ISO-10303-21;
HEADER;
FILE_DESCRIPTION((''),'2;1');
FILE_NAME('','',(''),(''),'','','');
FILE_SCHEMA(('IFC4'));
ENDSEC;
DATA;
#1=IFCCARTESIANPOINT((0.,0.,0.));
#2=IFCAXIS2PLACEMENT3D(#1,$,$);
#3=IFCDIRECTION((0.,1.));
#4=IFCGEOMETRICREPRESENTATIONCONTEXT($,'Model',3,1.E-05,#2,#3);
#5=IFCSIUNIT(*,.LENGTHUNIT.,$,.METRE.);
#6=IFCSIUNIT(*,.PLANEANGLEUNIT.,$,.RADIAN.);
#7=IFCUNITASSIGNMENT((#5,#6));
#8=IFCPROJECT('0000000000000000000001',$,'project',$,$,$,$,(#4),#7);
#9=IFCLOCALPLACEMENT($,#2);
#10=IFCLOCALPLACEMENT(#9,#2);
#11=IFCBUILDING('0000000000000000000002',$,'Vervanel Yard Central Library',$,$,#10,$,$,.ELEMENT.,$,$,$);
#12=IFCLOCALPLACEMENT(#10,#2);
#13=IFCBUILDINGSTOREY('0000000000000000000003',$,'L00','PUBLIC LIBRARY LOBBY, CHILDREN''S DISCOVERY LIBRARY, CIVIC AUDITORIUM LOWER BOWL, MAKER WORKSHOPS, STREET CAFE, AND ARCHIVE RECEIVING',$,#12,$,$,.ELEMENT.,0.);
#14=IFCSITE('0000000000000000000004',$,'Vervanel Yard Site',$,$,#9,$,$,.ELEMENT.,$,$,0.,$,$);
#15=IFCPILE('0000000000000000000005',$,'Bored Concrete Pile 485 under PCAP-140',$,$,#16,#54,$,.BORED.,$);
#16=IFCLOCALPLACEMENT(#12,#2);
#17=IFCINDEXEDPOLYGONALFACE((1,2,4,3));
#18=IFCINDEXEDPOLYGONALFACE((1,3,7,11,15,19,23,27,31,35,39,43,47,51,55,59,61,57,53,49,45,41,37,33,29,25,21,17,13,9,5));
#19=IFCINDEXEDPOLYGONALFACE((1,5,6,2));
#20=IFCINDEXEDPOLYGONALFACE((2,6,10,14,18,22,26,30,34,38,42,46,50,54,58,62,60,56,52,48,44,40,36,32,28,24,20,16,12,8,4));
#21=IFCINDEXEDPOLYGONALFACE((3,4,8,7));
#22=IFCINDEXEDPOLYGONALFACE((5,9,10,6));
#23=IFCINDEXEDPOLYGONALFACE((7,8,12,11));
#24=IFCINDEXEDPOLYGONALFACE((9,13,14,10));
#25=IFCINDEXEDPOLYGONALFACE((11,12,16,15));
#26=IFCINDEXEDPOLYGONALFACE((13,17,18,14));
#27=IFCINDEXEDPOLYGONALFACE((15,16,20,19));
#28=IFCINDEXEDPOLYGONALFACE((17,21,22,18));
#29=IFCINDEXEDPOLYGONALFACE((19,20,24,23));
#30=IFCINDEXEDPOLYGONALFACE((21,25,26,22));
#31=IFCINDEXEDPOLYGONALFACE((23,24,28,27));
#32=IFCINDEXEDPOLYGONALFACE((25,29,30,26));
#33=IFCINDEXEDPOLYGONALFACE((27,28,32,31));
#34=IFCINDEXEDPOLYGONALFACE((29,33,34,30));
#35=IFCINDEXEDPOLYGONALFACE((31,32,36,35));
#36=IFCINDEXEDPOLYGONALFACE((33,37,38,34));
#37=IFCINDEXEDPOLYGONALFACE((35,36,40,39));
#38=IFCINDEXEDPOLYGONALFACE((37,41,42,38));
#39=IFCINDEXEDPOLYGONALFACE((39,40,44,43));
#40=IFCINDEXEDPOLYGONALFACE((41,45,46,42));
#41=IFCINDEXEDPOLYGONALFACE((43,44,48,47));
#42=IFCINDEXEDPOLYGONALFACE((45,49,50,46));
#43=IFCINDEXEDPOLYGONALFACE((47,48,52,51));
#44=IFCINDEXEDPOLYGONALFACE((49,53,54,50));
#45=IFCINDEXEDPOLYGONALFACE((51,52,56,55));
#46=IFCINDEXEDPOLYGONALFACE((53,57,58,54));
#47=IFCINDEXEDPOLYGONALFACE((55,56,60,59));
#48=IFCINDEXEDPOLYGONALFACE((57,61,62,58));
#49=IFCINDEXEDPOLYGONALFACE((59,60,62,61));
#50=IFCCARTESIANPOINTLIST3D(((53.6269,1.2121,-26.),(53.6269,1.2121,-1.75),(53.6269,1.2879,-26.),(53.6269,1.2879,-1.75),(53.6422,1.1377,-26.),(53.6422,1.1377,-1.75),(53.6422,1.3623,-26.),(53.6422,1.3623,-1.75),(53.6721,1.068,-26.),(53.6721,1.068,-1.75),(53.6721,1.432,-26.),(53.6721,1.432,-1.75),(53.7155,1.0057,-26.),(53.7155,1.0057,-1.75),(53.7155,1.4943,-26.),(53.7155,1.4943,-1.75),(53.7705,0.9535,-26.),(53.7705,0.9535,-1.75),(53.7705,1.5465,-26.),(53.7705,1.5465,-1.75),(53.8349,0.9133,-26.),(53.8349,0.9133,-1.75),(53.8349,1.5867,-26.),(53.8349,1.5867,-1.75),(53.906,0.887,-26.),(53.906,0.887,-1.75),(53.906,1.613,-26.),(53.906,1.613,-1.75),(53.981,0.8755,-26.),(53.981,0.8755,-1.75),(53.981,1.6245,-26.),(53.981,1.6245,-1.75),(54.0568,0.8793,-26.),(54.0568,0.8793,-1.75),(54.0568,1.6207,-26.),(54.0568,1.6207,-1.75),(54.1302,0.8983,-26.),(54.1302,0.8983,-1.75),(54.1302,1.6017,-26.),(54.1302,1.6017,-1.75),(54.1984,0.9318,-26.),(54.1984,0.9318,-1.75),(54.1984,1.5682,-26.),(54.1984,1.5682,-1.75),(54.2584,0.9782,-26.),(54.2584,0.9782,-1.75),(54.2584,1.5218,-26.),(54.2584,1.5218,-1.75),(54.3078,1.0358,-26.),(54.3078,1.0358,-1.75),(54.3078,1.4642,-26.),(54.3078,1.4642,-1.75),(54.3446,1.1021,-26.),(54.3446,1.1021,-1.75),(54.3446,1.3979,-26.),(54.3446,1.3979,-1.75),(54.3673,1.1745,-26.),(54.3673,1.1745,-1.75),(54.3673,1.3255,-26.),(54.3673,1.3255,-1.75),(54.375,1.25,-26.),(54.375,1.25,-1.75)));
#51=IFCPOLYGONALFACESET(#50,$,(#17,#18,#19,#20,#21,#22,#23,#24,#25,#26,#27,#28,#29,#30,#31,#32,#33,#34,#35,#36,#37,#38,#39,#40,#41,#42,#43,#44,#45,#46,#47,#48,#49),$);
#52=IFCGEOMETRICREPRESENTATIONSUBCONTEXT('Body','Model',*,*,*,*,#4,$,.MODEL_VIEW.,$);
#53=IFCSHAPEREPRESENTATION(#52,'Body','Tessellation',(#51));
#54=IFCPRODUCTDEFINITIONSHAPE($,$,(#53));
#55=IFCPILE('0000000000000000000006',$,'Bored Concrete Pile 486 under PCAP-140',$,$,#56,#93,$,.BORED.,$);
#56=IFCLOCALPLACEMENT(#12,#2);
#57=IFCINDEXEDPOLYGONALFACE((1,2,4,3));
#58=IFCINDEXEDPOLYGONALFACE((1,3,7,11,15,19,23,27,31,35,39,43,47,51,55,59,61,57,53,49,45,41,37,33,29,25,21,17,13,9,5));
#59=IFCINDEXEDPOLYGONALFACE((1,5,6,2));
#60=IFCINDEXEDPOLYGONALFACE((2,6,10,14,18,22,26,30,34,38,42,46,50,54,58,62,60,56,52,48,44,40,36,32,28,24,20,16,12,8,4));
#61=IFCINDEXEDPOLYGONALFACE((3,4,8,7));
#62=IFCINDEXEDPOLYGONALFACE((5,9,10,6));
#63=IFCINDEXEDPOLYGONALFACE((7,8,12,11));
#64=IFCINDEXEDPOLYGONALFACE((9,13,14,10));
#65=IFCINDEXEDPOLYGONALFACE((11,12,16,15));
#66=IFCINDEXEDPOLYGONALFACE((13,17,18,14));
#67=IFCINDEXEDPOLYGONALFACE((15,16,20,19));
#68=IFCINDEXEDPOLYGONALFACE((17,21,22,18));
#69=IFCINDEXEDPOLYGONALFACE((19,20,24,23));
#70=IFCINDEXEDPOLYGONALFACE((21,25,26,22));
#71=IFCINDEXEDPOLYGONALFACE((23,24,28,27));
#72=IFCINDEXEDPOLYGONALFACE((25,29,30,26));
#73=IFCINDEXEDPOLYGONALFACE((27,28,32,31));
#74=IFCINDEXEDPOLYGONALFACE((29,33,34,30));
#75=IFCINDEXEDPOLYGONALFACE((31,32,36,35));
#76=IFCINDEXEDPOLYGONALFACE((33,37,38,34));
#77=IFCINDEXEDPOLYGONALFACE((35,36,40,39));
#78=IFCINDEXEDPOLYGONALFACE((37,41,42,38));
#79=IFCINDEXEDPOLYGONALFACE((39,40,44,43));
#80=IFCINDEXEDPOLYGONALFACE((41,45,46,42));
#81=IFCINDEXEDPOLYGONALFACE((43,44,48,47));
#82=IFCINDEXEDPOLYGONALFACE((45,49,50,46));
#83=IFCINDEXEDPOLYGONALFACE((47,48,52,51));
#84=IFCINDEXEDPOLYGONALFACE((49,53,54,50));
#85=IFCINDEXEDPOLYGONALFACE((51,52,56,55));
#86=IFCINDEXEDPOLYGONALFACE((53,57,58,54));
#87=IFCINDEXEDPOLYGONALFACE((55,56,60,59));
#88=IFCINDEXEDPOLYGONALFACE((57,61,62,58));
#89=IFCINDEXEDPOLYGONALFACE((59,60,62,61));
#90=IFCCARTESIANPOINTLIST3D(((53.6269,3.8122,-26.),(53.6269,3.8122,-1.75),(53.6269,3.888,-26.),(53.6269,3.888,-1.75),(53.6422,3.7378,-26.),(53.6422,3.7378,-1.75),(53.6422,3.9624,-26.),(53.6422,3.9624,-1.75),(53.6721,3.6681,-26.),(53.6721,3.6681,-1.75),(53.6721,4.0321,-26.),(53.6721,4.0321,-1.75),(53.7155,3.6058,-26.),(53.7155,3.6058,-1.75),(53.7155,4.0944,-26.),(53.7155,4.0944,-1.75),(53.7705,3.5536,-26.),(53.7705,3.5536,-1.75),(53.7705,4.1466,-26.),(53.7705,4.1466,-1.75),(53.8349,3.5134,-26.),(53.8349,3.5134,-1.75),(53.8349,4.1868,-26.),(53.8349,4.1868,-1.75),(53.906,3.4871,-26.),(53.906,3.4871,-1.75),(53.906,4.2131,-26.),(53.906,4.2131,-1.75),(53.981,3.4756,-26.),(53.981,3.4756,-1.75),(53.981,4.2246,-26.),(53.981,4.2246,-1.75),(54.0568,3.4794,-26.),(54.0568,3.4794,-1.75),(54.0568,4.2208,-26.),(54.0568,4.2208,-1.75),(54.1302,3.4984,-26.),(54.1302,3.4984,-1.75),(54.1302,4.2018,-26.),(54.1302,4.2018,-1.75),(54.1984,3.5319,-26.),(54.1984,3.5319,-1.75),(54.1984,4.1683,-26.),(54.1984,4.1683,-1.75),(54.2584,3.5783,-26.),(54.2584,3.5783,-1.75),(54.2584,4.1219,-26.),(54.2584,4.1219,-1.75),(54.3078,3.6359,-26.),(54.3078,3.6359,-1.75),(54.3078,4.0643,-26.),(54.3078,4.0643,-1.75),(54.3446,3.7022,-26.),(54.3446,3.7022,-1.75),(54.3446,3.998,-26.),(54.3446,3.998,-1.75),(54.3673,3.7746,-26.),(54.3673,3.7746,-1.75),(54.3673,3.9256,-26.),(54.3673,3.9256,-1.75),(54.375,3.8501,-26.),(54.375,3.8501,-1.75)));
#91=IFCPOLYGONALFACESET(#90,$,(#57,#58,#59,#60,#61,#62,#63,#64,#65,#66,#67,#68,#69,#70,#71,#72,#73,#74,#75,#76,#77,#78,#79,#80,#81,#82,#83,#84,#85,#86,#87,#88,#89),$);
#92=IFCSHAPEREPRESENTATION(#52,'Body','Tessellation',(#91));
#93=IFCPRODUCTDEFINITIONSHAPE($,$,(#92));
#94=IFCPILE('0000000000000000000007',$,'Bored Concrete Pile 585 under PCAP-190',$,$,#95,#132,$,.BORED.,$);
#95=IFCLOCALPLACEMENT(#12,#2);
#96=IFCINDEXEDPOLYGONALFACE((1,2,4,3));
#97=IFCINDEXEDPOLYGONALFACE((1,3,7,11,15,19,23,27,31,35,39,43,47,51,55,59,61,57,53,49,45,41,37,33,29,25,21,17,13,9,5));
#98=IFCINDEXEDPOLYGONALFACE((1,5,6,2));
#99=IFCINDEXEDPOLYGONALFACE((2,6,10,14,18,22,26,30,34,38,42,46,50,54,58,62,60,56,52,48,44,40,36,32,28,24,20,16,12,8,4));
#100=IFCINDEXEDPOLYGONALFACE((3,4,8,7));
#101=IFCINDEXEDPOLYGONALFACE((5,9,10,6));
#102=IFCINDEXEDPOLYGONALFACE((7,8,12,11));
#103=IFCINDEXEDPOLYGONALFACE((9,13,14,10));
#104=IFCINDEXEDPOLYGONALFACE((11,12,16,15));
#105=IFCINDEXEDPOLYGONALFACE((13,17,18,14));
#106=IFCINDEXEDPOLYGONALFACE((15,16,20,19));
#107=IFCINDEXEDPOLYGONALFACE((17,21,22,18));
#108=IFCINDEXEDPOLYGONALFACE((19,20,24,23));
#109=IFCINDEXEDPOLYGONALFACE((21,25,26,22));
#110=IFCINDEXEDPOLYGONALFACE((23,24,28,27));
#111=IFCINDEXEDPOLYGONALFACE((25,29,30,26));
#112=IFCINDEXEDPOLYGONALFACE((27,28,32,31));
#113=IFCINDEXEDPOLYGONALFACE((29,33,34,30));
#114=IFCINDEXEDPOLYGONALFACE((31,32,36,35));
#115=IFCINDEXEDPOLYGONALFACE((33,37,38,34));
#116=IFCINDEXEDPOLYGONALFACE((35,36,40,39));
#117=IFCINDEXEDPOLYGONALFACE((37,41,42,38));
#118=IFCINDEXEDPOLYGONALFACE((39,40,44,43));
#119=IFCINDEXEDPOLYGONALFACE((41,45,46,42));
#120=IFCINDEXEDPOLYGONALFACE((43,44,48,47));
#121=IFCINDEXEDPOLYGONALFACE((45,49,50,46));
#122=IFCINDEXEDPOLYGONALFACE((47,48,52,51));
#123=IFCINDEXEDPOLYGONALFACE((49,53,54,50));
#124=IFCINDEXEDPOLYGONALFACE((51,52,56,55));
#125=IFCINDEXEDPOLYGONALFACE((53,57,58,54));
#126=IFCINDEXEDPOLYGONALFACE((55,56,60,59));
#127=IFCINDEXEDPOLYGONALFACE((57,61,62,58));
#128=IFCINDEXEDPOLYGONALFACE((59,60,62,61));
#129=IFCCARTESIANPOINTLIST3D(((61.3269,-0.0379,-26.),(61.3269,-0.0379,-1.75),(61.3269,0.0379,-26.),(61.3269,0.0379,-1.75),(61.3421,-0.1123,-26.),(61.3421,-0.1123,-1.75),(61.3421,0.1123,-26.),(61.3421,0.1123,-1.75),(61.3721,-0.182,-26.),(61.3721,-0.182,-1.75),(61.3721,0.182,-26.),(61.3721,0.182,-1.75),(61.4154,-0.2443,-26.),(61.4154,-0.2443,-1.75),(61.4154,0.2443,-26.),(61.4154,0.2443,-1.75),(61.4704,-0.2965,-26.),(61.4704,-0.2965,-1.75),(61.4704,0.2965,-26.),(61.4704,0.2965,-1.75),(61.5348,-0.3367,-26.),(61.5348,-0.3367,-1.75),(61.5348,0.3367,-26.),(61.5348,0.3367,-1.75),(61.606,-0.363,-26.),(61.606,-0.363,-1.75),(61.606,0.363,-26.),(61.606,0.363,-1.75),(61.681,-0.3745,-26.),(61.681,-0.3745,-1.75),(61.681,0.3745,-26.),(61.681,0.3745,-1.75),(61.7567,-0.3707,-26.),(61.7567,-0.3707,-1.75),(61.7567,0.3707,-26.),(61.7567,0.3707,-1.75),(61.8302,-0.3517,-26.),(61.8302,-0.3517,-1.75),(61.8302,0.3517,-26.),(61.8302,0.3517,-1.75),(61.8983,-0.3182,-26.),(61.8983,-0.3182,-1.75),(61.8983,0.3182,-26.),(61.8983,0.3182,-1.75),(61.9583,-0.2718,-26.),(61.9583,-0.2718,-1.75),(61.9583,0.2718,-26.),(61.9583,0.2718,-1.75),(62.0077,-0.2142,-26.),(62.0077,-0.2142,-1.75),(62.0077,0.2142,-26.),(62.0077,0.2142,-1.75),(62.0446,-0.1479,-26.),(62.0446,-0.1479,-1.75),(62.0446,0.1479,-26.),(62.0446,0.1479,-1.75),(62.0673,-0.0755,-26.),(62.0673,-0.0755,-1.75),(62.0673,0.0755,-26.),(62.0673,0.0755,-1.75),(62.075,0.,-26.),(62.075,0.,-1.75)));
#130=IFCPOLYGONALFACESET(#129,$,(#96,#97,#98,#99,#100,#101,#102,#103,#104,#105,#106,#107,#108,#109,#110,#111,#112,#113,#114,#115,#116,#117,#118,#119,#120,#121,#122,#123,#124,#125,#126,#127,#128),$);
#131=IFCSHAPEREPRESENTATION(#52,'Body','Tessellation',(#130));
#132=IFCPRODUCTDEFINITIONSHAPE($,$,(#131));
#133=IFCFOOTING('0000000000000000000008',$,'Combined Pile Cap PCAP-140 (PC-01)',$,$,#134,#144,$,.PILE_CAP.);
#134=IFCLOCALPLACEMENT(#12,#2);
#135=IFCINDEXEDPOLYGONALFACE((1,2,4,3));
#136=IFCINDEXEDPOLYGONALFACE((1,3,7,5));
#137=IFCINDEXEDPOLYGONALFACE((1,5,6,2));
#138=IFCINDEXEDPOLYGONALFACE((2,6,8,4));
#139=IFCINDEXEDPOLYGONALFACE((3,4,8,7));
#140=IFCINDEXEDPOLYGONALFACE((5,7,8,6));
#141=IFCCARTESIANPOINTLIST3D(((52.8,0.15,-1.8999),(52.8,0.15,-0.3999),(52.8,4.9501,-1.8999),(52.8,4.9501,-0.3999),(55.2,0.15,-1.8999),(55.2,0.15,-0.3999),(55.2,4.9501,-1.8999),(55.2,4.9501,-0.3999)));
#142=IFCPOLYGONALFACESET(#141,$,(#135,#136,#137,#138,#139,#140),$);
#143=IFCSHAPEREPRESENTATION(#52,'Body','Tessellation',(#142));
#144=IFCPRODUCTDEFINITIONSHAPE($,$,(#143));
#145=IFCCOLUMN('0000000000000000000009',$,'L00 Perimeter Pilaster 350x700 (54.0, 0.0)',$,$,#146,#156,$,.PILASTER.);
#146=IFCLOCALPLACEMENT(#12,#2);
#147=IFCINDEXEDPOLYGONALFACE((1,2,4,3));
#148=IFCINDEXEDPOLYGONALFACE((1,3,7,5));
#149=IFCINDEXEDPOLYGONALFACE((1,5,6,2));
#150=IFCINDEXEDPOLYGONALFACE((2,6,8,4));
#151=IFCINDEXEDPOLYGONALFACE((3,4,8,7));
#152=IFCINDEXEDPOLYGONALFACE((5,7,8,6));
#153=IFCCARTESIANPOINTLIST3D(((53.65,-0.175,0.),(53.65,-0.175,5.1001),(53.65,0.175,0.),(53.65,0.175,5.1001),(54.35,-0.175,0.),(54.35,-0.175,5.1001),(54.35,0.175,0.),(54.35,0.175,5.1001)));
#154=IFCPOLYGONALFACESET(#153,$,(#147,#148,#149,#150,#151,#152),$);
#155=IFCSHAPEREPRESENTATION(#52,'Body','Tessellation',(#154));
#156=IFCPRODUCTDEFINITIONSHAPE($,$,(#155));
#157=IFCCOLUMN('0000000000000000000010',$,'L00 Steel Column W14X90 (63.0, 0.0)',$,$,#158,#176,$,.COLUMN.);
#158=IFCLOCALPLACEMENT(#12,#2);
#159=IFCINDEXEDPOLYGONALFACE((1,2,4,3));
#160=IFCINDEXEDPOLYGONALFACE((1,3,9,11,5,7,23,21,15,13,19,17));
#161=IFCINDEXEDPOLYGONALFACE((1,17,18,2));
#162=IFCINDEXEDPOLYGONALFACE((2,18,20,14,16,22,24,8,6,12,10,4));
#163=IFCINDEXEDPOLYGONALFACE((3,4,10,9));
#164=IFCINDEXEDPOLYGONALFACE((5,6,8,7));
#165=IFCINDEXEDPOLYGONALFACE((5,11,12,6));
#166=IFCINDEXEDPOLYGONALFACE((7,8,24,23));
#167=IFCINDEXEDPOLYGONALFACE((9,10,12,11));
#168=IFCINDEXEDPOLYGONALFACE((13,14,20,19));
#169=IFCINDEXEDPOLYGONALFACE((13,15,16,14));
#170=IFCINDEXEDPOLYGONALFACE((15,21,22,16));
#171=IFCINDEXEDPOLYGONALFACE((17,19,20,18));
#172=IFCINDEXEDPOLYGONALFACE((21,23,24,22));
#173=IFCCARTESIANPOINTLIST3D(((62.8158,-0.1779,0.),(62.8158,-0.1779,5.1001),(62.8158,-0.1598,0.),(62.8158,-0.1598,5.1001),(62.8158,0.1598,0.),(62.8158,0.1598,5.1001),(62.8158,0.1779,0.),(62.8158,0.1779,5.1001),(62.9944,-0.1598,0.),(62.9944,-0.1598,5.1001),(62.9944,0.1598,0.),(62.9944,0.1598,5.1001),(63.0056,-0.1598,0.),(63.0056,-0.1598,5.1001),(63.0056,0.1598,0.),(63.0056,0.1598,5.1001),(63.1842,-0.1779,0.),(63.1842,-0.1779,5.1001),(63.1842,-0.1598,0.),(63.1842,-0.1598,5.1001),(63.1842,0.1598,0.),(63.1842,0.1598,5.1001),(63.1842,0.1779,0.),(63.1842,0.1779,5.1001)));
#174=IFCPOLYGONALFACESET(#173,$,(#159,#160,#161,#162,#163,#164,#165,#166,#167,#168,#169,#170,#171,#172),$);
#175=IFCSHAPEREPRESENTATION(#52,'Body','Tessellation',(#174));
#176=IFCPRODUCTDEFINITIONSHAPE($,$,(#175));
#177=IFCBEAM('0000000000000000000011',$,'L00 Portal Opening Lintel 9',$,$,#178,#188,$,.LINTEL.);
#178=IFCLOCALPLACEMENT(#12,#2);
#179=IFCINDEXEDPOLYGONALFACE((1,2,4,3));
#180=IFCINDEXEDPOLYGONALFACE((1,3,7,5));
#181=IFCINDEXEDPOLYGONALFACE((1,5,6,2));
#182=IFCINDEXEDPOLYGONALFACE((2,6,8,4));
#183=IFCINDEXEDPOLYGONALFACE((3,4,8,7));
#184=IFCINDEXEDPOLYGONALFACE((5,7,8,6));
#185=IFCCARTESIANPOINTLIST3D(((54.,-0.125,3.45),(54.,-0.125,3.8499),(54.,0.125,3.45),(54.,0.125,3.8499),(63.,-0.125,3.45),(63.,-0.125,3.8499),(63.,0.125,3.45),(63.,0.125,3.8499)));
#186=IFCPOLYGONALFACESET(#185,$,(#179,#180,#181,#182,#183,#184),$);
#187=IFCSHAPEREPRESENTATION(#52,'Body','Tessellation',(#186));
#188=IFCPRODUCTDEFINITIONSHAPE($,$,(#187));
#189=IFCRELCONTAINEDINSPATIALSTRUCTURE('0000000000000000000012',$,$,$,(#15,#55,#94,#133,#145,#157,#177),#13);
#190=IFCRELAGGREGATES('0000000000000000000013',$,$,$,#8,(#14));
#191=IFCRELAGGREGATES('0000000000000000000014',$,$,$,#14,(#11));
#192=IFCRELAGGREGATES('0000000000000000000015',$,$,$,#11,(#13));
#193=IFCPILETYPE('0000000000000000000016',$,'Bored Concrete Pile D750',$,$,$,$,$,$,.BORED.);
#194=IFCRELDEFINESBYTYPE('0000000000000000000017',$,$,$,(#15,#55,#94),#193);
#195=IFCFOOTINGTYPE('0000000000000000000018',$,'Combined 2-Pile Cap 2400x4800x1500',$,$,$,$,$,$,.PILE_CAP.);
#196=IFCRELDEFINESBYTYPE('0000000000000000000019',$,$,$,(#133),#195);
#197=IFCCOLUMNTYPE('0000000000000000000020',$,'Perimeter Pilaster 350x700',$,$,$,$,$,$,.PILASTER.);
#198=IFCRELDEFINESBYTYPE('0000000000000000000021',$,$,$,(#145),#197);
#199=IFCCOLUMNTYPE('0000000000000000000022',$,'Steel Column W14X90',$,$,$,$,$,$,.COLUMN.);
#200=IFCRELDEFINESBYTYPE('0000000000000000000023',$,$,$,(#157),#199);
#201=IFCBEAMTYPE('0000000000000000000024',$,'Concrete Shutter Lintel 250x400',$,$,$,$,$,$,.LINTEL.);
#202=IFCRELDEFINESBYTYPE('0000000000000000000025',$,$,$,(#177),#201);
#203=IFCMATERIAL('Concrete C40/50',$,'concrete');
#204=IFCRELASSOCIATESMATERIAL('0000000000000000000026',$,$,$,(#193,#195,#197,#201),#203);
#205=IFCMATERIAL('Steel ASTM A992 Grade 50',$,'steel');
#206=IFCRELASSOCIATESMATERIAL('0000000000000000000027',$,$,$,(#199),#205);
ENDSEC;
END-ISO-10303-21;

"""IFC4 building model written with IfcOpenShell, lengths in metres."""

from ifc_helpers import new_model, si_unit, direction, frame, origin, origin_2d, place, context, subcontext, project, spatial, rectangle, circle, i_section, extrude, material, material_profile, profile_set, type_object, element, save


model = new_model("IFC4")

# Units and contexts
model_context = context("Model", 3, precision=1e-05, world=origin(), true_north=direction((0.0, 1.0)))
body_context = subcontext(model_context, "Body", "Model", "MODEL_VIEW")
ifc_project = project(units=[si_unit("LENGTHUNIT", "METRE"), si_unit("PLANEANGLEUNIT", "RADIAN")], contexts=[model_context])

# Site, building, storey
site_placement = place(None, origin())
site = spatial("IfcSite", under=ifc_project, at=site_placement, Name="Vervanel Yard Site", CompositionType="ELEMENT", RefElevation=0.0)
building_placement = place(site_placement, origin())
building = spatial("IfcBuilding", under=site, at=building_placement, Name="Vervanel Yard Central Library", CompositionType="ELEMENT")
storey_placement = place(building_placement, origin())
storey = spatial("IfcBuildingStorey", under=building, at=storey_placement, Name="L00", Description="PUBLIC LIBRARY LOBBY, CHILDREN'S DISCOVERY LIBRARY, CIVIC AUDITORIUM LOWER BOWL, MAKER WORKSHOPS, STREET CAFE, AND ARCHIVE RECEIVING", CompositionType="ELEMENT", Elevation=0.0)

# Piles
ifc_material_1 = material(Name="Concrete C40/50", Category="concrete")
ifc_material_profile_1 = material_profile(ifc_material_1, circle(Radius=0.375, at=origin_2d()), Name="BP D750", Category="concrete")
ifc_profile_set_1 = profile_set([ifc_material_profile_1], Name="Concrete C40/50")
pile_type = type_object("IfcPileType", Name="Bored Concrete Pile D750", PredefinedType="BORED", material=ifc_profile_set_1)
for number, where, z_axis, x_axis, name in (
    (1, (54.0, 1.25, -1.75), (0.0, 0.0, -1.0), (1.0, 0.0, 0.0), "Bored Concrete Pile 485 under PCAP-140"),
    (2, (54.0, 3.8501, -1.75), (0.0, 0.0, -1.0), (1.0, 0.0, 0.0), "Bored Concrete Pile 486 under PCAP-140"),
    (3, (61.7, 0.0, -1.75), (0.0, 0.0, -1.0), (1.0, 0.0, 0.0), "Bored Concrete Pile 585 under PCAP-190"),
):
    element("IfcPile", number, at=place(storey_placement, frame(where, z_axis=z_axis, x_axis=x_axis)), inside=storey, type_object=pile_type, Name=name, PredefinedType="BORED", context=body_context, shape_type="SweptSolid", body=[
        extrude(circle(Radius=0.375, at=origin_2d()), origin(), (0.0, 0.0, 1.0), 24.25),
    ])

# Footing
footing_type = type_object("IfcFootingType", Name="Combined 2-Pile Cap 2400x4800x1500", PredefinedType="PILE_CAP", material=ifc_material_1)
footing_placement = place(storey_placement, frame((54.0, 2.55, -1.8999), z_axis=(0.0, 0.0, 1.0), x_axis=(1.0, 0.0, 0.0)))
element("IfcFooting", 4, at=footing_placement, inside=storey, type_object=footing_type, Name="Combined Pile Cap PCAP-140 (PC-01)", PredefinedType="PILE_CAP", context=body_context, shape_type="SweptSolid", body=[
    extrude(rectangle(XDim=2.3999, YDim=4.8, at=origin_2d()), origin(), (0.0, 0.0, 1.0), 1.5),
])

# Columns
ifc_material_profile_2 = material_profile(ifc_material_1, rectangle(XDim=0.3501, YDim=0.7, at=origin_2d()), Name="RC 350x700", Category="concrete")
ifc_profile_set_2 = profile_set([ifc_material_profile_2], Name="Concrete C40/50")
column_type_1 = type_object("IfcColumnType", Name="Perimeter Pilaster 350x700", PredefinedType="PILASTER", material=ifc_profile_set_2)
column_1_placement = place(storey_placement, frame((54.0, 0.0, 0.0), z_axis=(0.0, 0.0, 1.0), x_axis=(0.0, 1.0, 0.0)))
element("IfcColumn", 5, at=column_1_placement, inside=storey, type_object=column_type_1, Name="L00 Perimeter Pilaster 350x700 (54.0, 0.0)", PredefinedType="PILASTER", context=body_context, shape_type="SweptSolid", body=[
    extrude(rectangle(XDim=0.3501, YDim=0.7, at=origin_2d()), origin(), (0.0, 0.0, 1.0), 5.1001),
])
ifc_material_2 = material(Name="Steel ASTM A992 Grade 50", Category="steel")
ifc_material_profile_3 = material_profile(ifc_material_2, i_section(OverallWidth=0.3684, OverallDepth=0.3557, WebThickness=0.0112, FlangeThickness=0.0181, at=origin_2d()), Name="W14X90", Category="steel")
ifc_profile_set_3 = profile_set([ifc_material_profile_3], Name="Steel ASTM A992 Grade 50")
column_type_2 = type_object("IfcColumnType", Name="Steel Column W14X90", PredefinedType="COLUMN", material=ifc_profile_set_3)
column_2_placement = place(storey_placement, frame((63.0, 0.0, 0.0), z_axis=(0.0, 0.0, 1.0), x_axis=(1.0, 0.0, 0.0)))
element("IfcColumn", 6, at=column_2_placement, inside=storey, type_object=column_type_2, Name="L00 Steel Column W14X90 (63.0, 0.0)", PredefinedType="COLUMN", context=body_context, shape_type="SweptSolid", body=[
    extrude(i_section(OverallWidth=0.3684, OverallDepth=0.3557, WebThickness=0.0112, FlangeThickness=0.0181, at=origin_2d()), origin(), (0.0, 0.0, 1.0), 5.1001),
])

# Beam
ifc_material_profile_4 = material_profile(ifc_material_1, rectangle(XDim=0.25, YDim=0.3999, at=origin_2d()), Name="RC 250x400", Category="concrete")
ifc_profile_set_4 = profile_set([ifc_material_profile_4], Name="Concrete C40/50")
beam_type = type_object("IfcBeamType", Name="Concrete Shutter Lintel 250x400", PredefinedType="LINTEL", material=ifc_profile_set_4)
beam_placement = place(storey_placement, frame((54.0, 0.0, 3.6499), z_axis=(1.0, 0.0, 0.0), x_axis=(0.0, 1.0, 0.0)))
element("IfcBeam", 7, at=beam_placement, inside=storey, type_object=beam_type, Name="L00 Portal Opening Lintel 9", PredefinedType="LINTEL", context=body_context, shape_type="SweptSolid", body=[
    extrude(rectangle(XDim=0.25, YDim=0.3999, at=origin_2d()), origin(), (0.0, 0.0, 1.0), 9.0),
])

save(model, "model.ifc")
